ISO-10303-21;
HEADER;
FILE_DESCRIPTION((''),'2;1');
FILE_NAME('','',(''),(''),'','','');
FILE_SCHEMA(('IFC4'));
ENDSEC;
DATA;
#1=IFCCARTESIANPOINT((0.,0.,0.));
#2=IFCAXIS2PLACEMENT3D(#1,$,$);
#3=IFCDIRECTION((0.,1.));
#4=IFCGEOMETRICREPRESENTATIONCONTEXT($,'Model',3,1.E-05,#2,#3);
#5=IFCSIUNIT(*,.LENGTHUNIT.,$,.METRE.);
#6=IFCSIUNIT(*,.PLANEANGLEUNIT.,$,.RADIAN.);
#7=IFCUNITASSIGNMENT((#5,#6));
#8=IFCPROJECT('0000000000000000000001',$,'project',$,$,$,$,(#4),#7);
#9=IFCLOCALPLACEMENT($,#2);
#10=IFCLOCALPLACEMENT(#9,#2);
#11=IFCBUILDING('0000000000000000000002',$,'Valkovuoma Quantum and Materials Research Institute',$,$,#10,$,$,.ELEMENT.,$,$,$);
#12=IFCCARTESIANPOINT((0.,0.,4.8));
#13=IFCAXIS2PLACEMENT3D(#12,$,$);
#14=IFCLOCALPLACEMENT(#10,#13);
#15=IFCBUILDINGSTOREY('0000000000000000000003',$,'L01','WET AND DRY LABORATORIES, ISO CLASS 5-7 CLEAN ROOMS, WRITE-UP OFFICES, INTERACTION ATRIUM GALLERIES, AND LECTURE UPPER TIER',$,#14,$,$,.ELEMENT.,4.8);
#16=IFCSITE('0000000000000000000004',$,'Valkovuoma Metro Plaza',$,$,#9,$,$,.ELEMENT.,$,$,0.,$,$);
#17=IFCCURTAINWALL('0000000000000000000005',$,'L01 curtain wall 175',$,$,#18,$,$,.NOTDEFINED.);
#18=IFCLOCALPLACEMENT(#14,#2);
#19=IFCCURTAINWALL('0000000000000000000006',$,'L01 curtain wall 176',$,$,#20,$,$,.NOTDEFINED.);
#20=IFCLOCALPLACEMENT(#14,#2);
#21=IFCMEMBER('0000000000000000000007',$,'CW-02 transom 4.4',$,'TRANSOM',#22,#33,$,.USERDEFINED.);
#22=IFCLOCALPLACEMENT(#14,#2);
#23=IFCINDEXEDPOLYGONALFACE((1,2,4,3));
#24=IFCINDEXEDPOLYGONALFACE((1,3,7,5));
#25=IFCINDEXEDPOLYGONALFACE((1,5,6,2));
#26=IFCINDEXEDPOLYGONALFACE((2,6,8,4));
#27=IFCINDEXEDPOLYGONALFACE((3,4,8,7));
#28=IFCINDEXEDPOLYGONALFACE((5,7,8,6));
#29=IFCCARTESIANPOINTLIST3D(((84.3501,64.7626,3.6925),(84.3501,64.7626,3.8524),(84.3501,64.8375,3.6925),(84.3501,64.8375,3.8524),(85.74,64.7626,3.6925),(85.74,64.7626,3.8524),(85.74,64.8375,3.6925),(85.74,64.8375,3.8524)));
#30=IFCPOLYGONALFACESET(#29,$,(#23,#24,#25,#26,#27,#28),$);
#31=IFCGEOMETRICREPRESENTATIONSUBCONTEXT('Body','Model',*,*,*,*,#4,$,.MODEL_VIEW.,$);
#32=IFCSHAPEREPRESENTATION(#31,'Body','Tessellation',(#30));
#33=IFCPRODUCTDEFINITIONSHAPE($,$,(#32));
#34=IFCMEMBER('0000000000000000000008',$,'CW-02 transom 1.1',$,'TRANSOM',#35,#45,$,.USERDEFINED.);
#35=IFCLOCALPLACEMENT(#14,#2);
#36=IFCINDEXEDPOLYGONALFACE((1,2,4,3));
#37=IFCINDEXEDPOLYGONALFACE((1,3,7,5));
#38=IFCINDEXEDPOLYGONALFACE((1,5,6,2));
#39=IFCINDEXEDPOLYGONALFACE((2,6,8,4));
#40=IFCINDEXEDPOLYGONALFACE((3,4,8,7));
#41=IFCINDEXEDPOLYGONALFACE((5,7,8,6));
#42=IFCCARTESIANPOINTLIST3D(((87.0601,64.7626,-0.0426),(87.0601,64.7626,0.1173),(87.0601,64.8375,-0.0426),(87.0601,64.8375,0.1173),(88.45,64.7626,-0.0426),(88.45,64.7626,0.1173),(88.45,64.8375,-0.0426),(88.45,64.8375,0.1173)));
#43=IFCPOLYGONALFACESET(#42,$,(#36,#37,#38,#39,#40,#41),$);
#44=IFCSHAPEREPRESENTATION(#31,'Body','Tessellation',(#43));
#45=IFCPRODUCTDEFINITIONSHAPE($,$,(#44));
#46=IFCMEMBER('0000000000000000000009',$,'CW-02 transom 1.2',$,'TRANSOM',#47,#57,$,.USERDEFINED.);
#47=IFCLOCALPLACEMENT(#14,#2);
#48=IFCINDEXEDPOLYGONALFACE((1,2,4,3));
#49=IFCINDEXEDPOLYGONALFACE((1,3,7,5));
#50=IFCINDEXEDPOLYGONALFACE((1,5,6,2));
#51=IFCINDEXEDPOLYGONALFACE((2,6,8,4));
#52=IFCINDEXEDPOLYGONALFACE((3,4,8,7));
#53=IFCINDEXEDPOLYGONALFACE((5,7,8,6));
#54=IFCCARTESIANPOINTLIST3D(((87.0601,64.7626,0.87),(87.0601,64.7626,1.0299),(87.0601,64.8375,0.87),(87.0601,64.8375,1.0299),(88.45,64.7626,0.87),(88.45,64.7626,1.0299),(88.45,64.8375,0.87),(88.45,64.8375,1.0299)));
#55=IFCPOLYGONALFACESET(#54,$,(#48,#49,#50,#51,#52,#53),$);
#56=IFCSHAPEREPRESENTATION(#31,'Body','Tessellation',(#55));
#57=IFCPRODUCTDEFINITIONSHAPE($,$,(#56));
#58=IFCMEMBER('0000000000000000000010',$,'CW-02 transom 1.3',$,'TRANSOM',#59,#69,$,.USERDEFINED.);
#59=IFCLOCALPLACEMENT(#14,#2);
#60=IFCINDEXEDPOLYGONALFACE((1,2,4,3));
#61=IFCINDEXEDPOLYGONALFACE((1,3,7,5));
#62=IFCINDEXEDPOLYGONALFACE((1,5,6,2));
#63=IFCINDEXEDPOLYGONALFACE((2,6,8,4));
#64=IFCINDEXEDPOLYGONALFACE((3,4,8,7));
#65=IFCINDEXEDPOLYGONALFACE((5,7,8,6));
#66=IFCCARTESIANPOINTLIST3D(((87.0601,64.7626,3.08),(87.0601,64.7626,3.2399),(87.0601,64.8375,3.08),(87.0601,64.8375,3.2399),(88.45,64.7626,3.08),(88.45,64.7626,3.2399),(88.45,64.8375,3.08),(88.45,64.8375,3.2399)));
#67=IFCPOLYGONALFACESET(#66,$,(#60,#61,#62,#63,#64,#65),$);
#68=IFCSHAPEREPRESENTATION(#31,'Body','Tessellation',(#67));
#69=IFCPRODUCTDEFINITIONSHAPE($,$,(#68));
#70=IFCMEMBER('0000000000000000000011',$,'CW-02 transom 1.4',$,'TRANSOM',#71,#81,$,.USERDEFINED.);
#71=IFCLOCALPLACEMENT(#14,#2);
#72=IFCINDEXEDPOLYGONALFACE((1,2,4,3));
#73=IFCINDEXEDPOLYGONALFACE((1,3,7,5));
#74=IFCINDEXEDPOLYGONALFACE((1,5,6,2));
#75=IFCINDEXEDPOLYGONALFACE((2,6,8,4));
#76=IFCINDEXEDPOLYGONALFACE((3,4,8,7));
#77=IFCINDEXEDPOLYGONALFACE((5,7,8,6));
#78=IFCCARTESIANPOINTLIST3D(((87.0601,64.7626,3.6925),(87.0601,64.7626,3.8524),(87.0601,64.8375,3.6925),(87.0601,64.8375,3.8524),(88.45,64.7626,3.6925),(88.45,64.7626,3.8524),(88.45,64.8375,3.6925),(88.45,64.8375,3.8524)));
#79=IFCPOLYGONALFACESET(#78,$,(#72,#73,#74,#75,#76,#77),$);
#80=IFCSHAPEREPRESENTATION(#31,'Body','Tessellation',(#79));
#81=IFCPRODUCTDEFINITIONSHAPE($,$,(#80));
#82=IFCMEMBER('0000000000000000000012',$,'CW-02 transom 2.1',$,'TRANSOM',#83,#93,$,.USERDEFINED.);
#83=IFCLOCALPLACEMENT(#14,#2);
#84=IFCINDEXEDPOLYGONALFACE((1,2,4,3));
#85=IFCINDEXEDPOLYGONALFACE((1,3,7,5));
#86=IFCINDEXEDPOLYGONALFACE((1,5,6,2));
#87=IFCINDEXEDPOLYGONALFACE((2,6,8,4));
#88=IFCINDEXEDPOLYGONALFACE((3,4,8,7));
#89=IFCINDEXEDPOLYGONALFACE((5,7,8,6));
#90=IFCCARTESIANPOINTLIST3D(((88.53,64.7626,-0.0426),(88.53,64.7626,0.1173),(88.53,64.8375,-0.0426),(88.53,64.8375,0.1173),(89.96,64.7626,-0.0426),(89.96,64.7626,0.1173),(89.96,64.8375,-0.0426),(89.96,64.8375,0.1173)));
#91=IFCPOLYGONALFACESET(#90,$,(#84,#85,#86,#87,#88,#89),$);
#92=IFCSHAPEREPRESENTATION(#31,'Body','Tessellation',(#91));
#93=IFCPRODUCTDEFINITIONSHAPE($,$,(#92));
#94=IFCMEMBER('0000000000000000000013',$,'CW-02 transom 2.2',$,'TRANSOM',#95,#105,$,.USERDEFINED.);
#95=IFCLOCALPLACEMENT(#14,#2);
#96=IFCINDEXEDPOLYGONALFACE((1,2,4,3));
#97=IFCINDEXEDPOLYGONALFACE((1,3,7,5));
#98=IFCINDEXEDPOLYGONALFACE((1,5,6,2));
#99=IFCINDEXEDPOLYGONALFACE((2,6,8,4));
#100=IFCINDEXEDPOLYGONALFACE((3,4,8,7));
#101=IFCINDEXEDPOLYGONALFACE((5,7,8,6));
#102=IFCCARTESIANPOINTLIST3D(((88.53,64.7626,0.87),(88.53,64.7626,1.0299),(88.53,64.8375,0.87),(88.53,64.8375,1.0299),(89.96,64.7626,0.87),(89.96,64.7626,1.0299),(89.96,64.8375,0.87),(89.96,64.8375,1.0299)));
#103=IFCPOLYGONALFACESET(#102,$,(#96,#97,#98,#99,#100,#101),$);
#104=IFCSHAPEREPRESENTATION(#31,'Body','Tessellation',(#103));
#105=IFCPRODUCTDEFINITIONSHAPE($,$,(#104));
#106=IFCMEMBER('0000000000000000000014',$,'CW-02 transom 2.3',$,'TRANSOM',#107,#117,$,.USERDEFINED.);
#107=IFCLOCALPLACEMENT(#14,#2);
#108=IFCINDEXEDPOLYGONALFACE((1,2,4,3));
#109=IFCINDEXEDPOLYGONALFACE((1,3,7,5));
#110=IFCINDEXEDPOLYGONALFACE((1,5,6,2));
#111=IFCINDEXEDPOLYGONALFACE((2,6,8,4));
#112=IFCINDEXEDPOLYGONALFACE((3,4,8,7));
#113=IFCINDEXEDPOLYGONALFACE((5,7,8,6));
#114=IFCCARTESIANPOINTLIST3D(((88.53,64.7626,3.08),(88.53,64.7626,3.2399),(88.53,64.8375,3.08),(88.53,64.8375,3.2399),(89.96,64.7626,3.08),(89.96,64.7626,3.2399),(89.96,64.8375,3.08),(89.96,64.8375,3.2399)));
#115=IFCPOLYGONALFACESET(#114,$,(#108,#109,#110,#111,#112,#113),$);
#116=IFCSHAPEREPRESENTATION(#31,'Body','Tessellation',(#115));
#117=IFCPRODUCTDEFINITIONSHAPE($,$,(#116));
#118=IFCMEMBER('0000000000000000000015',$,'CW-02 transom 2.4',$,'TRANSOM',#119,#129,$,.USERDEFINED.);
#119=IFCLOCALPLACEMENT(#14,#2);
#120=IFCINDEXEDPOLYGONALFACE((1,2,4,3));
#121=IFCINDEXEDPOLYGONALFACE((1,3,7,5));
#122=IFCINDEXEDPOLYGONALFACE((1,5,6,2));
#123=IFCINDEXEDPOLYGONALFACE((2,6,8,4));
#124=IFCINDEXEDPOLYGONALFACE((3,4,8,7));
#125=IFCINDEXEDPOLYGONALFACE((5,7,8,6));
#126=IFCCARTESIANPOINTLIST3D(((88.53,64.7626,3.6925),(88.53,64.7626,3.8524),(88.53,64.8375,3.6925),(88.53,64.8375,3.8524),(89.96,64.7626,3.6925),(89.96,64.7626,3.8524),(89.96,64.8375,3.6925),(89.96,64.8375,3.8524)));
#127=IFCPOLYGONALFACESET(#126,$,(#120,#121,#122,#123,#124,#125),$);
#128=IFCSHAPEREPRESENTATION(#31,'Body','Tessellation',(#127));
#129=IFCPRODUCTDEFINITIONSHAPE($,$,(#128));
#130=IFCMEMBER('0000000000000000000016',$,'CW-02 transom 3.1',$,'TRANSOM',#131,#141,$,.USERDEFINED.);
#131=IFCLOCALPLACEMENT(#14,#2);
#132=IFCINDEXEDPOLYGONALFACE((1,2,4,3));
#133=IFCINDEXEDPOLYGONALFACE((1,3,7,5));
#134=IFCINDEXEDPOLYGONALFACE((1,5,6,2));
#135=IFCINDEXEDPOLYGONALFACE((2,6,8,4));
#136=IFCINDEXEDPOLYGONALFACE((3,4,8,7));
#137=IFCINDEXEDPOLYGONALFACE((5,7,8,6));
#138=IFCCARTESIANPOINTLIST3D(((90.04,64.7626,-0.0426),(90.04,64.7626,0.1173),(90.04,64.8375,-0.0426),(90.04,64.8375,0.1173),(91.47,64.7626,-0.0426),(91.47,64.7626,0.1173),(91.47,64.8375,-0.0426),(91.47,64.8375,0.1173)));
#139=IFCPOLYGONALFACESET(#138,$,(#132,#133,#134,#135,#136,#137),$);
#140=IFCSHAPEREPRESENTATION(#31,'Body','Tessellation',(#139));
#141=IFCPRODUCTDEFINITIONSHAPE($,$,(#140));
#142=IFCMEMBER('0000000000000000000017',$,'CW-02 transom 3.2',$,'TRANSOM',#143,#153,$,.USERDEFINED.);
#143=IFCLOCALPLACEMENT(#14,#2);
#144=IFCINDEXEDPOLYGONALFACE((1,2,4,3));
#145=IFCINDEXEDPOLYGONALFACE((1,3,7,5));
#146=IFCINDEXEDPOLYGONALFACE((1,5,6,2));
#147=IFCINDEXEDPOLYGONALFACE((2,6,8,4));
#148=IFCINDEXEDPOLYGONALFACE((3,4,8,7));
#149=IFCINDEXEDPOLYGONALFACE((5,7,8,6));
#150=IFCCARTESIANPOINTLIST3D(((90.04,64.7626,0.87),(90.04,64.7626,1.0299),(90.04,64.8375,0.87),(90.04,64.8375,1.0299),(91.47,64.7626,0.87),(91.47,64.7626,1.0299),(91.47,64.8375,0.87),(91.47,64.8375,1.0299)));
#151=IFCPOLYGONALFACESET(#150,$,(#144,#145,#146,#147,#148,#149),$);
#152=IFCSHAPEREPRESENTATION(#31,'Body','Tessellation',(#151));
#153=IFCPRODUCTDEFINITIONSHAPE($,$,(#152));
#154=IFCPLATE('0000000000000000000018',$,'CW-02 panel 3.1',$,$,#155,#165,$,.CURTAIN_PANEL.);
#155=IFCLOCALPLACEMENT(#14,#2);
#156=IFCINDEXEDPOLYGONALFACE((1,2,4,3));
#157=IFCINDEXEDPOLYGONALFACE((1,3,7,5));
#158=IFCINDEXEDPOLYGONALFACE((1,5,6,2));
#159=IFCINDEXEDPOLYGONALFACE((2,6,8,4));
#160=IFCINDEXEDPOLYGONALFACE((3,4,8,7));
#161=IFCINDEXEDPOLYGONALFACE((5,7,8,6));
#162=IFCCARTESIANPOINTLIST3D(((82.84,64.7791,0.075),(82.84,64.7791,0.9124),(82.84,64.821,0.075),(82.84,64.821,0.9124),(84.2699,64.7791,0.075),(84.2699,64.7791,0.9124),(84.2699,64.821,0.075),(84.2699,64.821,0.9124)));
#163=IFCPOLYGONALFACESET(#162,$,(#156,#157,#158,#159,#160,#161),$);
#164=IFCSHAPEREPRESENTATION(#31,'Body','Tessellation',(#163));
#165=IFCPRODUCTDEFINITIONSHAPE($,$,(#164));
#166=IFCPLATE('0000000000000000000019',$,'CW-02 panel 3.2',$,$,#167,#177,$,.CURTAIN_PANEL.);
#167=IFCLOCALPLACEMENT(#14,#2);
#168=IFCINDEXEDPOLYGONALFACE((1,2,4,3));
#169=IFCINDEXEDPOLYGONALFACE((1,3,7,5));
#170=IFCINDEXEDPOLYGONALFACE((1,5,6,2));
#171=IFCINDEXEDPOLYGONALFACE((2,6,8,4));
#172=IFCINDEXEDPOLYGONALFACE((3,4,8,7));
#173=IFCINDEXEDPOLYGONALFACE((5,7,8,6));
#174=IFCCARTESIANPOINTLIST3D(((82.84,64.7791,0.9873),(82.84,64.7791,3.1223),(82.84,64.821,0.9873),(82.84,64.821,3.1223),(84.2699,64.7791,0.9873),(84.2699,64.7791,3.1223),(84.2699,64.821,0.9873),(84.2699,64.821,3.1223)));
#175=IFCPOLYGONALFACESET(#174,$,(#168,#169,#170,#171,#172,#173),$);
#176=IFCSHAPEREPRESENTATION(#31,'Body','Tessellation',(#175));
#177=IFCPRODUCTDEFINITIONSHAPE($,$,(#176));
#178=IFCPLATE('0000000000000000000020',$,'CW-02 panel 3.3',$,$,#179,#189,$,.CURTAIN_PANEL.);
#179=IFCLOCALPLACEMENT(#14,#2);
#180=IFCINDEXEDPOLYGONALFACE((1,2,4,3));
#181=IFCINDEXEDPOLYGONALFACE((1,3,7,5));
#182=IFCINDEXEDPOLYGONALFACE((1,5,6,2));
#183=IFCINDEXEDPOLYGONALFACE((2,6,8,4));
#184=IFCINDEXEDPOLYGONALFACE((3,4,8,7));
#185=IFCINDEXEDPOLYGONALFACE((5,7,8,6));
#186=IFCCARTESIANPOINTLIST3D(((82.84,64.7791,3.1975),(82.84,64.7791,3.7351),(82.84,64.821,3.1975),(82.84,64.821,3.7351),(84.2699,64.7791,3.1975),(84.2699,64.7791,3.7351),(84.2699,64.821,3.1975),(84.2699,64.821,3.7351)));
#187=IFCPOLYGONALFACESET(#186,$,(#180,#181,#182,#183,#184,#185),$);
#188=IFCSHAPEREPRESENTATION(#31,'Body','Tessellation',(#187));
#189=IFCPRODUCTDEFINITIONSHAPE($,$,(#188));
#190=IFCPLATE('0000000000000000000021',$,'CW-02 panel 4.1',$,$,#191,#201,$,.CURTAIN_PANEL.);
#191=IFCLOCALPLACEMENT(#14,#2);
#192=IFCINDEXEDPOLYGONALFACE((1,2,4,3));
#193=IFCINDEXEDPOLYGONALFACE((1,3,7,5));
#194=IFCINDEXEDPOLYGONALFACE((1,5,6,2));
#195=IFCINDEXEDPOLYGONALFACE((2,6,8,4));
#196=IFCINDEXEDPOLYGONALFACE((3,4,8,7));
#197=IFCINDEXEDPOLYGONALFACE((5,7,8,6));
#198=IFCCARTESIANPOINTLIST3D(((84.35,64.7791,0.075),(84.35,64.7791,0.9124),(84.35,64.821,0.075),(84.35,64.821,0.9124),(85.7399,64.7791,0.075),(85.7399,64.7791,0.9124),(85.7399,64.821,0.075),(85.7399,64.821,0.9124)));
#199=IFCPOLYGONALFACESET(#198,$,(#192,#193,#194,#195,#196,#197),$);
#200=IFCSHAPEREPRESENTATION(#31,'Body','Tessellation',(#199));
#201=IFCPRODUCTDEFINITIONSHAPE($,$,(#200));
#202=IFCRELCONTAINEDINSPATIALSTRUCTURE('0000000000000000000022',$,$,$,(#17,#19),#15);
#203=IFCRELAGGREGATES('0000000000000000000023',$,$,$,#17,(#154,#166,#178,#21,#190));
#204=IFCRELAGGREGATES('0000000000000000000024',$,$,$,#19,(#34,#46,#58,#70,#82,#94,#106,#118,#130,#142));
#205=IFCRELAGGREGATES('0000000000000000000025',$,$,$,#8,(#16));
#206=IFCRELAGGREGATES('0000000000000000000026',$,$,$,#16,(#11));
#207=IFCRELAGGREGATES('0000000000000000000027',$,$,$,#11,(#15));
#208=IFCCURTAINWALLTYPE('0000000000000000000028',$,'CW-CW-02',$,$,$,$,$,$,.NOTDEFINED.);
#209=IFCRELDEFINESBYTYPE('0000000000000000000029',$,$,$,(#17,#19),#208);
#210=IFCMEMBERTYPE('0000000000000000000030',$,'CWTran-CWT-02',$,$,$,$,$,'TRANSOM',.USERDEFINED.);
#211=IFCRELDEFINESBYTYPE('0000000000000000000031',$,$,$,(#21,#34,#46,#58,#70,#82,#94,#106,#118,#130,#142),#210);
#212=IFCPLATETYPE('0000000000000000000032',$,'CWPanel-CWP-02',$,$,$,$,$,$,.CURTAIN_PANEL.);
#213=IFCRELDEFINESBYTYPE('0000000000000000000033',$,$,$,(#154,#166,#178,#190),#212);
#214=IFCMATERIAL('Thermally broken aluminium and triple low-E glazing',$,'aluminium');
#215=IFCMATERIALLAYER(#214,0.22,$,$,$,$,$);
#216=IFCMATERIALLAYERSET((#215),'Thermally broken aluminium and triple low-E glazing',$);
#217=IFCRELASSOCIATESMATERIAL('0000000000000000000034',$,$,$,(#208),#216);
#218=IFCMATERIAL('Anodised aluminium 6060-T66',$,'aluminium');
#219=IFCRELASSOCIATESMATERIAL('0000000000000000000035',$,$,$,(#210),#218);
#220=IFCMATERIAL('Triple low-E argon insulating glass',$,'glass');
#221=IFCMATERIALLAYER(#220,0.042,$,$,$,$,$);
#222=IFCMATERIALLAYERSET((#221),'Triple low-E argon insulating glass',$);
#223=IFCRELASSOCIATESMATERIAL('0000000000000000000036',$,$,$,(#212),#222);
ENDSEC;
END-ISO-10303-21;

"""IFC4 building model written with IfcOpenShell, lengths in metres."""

from ifc_helpers import new_model, si_unit, direction, frame, origin, origin_2d, place, context, subcontext, project, spatial, rectangle, extrude, material, layer, layer_set, material_profile, profile_set, type_object, element, aggregate, save


model = new_model("IFC4")

# Units and contexts
model_context = context("Model", 3, precision=1e-05, world=origin(), true_north=direction((0.0, 1.0)))
body_context = subcontext(model_context, "Body", "Model", "MODEL_VIEW")
ifc_project = project(units=[si_unit("LENGTHUNIT", "METRE"), si_unit("PLANEANGLEUNIT", "RADIAN")], contexts=[model_context])

# Site, building, storey
site_placement = place(None, origin())
site = spatial("IfcSite", under=ifc_project, at=site_placement, Name="Valkovuoma Metro Plaza", CompositionType="ELEMENT", RefElevation=0.0)
building_placement = place(site_placement, origin())
building = spatial("IfcBuilding", under=site, at=building_placement, Name="Valkovuoma Quantum and Materials Research Institute", CompositionType="ELEMENT")
storey_placement = place(building_placement, frame((0.0, 0.0, 4.8)))
storey = spatial("IfcBuildingStorey", under=building, at=storey_placement, Name="L01", Description="WET AND DRY LABORATORIES, ISO CLASS 5-7 CLEAN ROOMS, WRITE-UP OFFICES, INTERACTION ATRIUM GALLERIES, AND LECTURE UPPER TIER", CompositionType="ELEMENT", Elevation=4.8)

# Curtain walls
ifc_material_1 = material(Name="Thermally broken aluminium and triple low-E glazing", Category="aluminium")
ifc_layer_1 = layer(ifc_material_1, 0.22)
ifc_layer_set_1 = layer_set([ifc_layer_1], Name="Thermally broken aluminium and triple low-E glazing")
curtain_wall_type = type_object("IfcCurtainWallType", Name="CW-CW-02", PredefinedType="NOTDEFINED", material=ifc_layer_set_1)
curtain_wall_1_placement = place(storey_placement, origin())
curtain_wall_1 = element("IfcCurtainWall", 1, at=curtain_wall_1_placement, inside=storey, type_object=curtain_wall_type, Name="L01 curtain wall 175", PredefinedType="NOTDEFINED")
curtain_wall_2_placement = place(storey_placement, origin())
curtain_wall_2 = element("IfcCurtainWall", 2, at=curtain_wall_2_placement, inside=storey, type_object=curtain_wall_type, Name="L01 curtain wall 176", PredefinedType="NOTDEFINED")

# Members
ifc_material_2 = material(Name="Anodised aluminium 6060-T66", Category="aluminium")
ifc_material_profile_1 = material_profile(ifc_material_2, rectangle(XDim=0.075, YDim=0.1599, at=origin_2d()), Name="Anodised aluminium 6060-T66")
ifc_profile_set_1 = profile_set([ifc_material_profile_1], Name="Anodised aluminium 6060-T66")
member_type_1 = type_object("IfcMemberType", Name="CWTran-CWT-02", ElementType="TRANSOM", PredefinedType="USERDEFINED", material=ifc_profile_set_1)
member_1_placement = place(storey_placement, frame((84.3501, 64.8, 3.7725), z_axis=(1.0, 0.0, 0.0), x_axis=(0.0, 1.0, 0.0)))
member_1 = element("IfcMember", 3, at=member_1_placement, type_object=member_type_1, Name="CW-02 transom 4.4", ObjectType="TRANSOM", PredefinedType="USERDEFINED", context=body_context, shape_type="SweptSolid", body=[
    extrude(rectangle(XDim=0.075, YDim=0.1599, at=origin_2d()), origin(), (0.0, 0.0, 1.0), 1.3899),
])
member_2_placement = place(storey_placement, frame((87.0601, 64.8, 0.0374), z_axis=(1.0, 0.0, 0.0), x_axis=(0.0, 1.0, 0.0)))
member_2 = element("IfcMember", 4, at=member_2_placement, type_object=member_type_1, Name="CW-02 transom 1.1", ObjectType="TRANSOM", PredefinedType="USERDEFINED", context=body_context, shape_type="SweptSolid", body=[
    extrude(rectangle(XDim=0.075, YDim=0.1599, at=origin_2d()), origin(), (0.0, 0.0, 1.0), 1.3899),
])
member_3_placement = place(storey_placement, frame((87.0601, 64.8, 0.95), z_axis=(1.0, 0.0, 0.0), x_axis=(0.0, 1.0, 0.0)))
member_3 = element("IfcMember", 5, at=member_3_placement, type_object=member_type_1, Name="CW-02 transom 1.2", ObjectType="TRANSOM", PredefinedType="USERDEFINED", context=body_context, shape_type="SweptSolid", body=[
    extrude(rectangle(XDim=0.075, YDim=0.1599, at=origin_2d()), origin(), (0.0, 0.0, 1.0), 1.3899),
])
member_4_placement = place(storey_placement, frame((87.0601, 64.8, 3.1599), z_axis=(1.0, 0.0, 0.0), x_axis=(0.0, 1.0, 0.0)))
member_4 = element("IfcMember", 6, at=member_4_placement, type_object=member_type_1, Name="CW-02 transom 1.3", ObjectType="TRANSOM", PredefinedType="USERDEFINED", context=body_context, shape_type="SweptSolid", body=[
    extrude(rectangle(XDim=0.075, YDim=0.1599, at=origin_2d()), origin(), (0.0, 0.0, 1.0), 1.3899),
])
member_5_placement = place(storey_placement, frame((87.0601, 64.8, 3.7725), z_axis=(1.0, 0.0, 0.0), x_axis=(0.0, 1.0, 0.0)))
member_5 = element("IfcMember", 7, at=member_5_placement, type_object=member_type_1, Name="CW-02 transom 1.4", ObjectType="TRANSOM", PredefinedType="USERDEFINED", context=body_context, shape_type="SweptSolid", body=[
    extrude(rectangle(XDim=0.075, YDim=0.1599, at=origin_2d()), origin(), (0.0, 0.0, 1.0), 1.3899),
])
member_6_placement = place(storey_placement, frame((88.53, 64.8, 0.0374), z_axis=(1.0, 0.0, 0.0), x_axis=(0.0, 1.0, 0.0)))
member_6 = element("IfcMember", 8, at=member_6_placement, type_object=member_type_1, Name="CW-02 transom 2.1", ObjectType="TRANSOM", PredefinedType="USERDEFINED", context=body_context, shape_type="SweptSolid", body=[
    extrude(rectangle(XDim=0.075, YDim=0.1599, at=origin_2d()), origin(), (0.0, 0.0, 1.0), 1.4299),
])
member_7_placement = place(storey_placement, frame((88.53, 64.8, 0.95), z_axis=(1.0, 0.0, 0.0), x_axis=(0.0, 1.0, 0.0)))
member_7 = element("IfcMember", 9, at=member_7_placement, type_object=member_type_1, Name="CW-02 transom 2.2", ObjectType="TRANSOM", PredefinedType="USERDEFINED", context=body_context, shape_type="SweptSolid", body=[
    extrude(rectangle(XDim=0.075, YDim=0.1599, at=origin_2d()), origin(), (0.0, 0.0, 1.0), 1.4299),
])
member_8_placement = place(storey_placement, frame((88.53, 64.8, 3.1599), z_axis=(1.0, 0.0, 0.0), x_axis=(0.0, 1.0, 0.0)))
member_8 = element("IfcMember", 10, at=member_8_placement, type_object=member_type_1, Name="CW-02 transom 2.3", ObjectType="TRANSOM", PredefinedType="USERDEFINED", context=body_context, shape_type="SweptSolid", body=[
    extrude(rectangle(XDim=0.075, YDim=0.1599, at=origin_2d()), origin(), (0.0, 0.0, 1.0), 1.4299),
])
member_9_placement = place(storey_placement, frame((88.53, 64.8, 3.7725), z_axis=(1.0, 0.0, 0.0), x_axis=(0.0, 1.0, 0.0)))
member_9 = element("IfcMember", 11, at=member_9_placement, type_object=member_type_1, Name="CW-02 transom 2.4", ObjectType="TRANSOM", PredefinedType="USERDEFINED", context=body_context, shape_type="SweptSolid", body=[
    extrude(rectangle(XDim=0.075, YDim=0.1599, at=origin_2d()), origin(), (0.0, 0.0, 1.0), 1.4299),
])
member_10_placement = place(storey_placement, frame((90.04, 64.8, 0.0374), z_axis=(1.0, 0.0, 0.0), x_axis=(0.0, 1.0, 0.0)))
member_10 = element("IfcMember", 12, at=member_10_placement, type_object=member_type_1, Name="CW-02 transom 3.1", ObjectType="TRANSOM", PredefinedType="USERDEFINED", context=body_context, shape_type="SweptSolid", body=[
    extrude(rectangle(XDim=0.075, YDim=0.1599, at=origin_2d()), origin(), (0.0, 0.0, 1.0), 1.4299),
])
member_11_placement = place(storey_placement, frame((90.04, 64.8, 0.95), z_axis=(1.0, 0.0, 0.0), x_axis=(0.0, 1.0, 0.0)))
member_11 = element("IfcMember", 13, at=member_11_placement, type_object=member_type_1, Name="CW-02 transom 3.2", ObjectType="TRANSOM", PredefinedType="USERDEFINED", context=body_context, shape_type="SweptSolid", body=[
    extrude(rectangle(XDim=0.075, YDim=0.1599, at=origin_2d()), origin(), (0.0, 0.0, 1.0), 1.4299),
])

# Plates
ifc_material_3 = material(Name="Triple low-E argon insulating glass", Category="glass")
ifc_layer_2 = layer(ifc_material_3, 0.042)
ifc_layer_set_2 = layer_set([ifc_layer_2], Name="Triple low-E argon insulating glass")
plate_type = type_object("IfcPlateType", Name="CWPanel-CWP-02", PredefinedType="CURTAIN_PANEL", material=ifc_layer_set_2)
plate_1_placement = place(storey_placement, frame((83.5549, 64.8, 0.075), z_axis=(0.0, 0.0, 1.0), x_axis=(1.0, 0.0, 0.0)))
plate_1 = element("IfcPlate", 14, at=plate_1_placement, type_object=plate_type, Name="CW-02 panel 3.1", PredefinedType="CURTAIN_PANEL", context=body_context, shape_type="SweptSolid", body=[
    extrude(rectangle(XDim=1.4299, YDim=0.042, at=origin_2d()), origin(), (0.0, 0.0, 1.0), 0.8374),
])
plate_2_placement = place(storey_placement, frame((83.5549, 64.8, 0.9873), z_axis=(0.0, 0.0, 1.0), x_axis=(1.0, 0.0, 0.0)))
plate_2 = element("IfcPlate", 15, at=plate_2_placement, type_object=plate_type, Name="CW-02 panel 3.2", PredefinedType="CURTAIN_PANEL", context=body_context, shape_type="SweptSolid", body=[
    extrude(rectangle(XDim=1.4299, YDim=0.042, at=origin_2d()), origin(), (0.0, 0.0, 1.0), 2.135),
])
plate_3_placement = place(storey_placement, frame((83.5549, 64.8, 3.1975), z_axis=(0.0, 0.0, 1.0), x_axis=(1.0, 0.0, 0.0)))
plate_3 = element("IfcPlate", 16, at=plate_3_placement, type_object=plate_type, Name="CW-02 panel 3.3", PredefinedType="CURTAIN_PANEL", context=body_context, shape_type="SweptSolid", body=[
    extrude(rectangle(XDim=1.4299, YDim=0.042, at=origin_2d()), origin(), (0.0, 0.0, 1.0), 0.5376),
])
plate_4_placement = place(storey_placement, frame((85.0449, 64.8, 0.075), z_axis=(0.0, 0.0, 1.0), x_axis=(1.0, 0.0, 0.0)))
plate_4 = element("IfcPlate", 17, at=plate_4_placement, type_object=plate_type, Name="CW-02 panel 4.1", PredefinedType="CURTAIN_PANEL", context=body_context, shape_type="SweptSolid", body=[
    extrude(rectangle(XDim=1.3899, YDim=0.042, at=origin_2d()), origin(), (0.0, 0.0, 1.0), 0.8374),
])
aggregate(curtain_wall_1, [plate_1, plate_2, plate_3, member_1, plate_4])
aggregate(curtain_wall_2, [member_2, member_3, member_4, member_5, member_6, member_7, member_8, member_9, member_10, member_11])

save(model, "model.ifc")
